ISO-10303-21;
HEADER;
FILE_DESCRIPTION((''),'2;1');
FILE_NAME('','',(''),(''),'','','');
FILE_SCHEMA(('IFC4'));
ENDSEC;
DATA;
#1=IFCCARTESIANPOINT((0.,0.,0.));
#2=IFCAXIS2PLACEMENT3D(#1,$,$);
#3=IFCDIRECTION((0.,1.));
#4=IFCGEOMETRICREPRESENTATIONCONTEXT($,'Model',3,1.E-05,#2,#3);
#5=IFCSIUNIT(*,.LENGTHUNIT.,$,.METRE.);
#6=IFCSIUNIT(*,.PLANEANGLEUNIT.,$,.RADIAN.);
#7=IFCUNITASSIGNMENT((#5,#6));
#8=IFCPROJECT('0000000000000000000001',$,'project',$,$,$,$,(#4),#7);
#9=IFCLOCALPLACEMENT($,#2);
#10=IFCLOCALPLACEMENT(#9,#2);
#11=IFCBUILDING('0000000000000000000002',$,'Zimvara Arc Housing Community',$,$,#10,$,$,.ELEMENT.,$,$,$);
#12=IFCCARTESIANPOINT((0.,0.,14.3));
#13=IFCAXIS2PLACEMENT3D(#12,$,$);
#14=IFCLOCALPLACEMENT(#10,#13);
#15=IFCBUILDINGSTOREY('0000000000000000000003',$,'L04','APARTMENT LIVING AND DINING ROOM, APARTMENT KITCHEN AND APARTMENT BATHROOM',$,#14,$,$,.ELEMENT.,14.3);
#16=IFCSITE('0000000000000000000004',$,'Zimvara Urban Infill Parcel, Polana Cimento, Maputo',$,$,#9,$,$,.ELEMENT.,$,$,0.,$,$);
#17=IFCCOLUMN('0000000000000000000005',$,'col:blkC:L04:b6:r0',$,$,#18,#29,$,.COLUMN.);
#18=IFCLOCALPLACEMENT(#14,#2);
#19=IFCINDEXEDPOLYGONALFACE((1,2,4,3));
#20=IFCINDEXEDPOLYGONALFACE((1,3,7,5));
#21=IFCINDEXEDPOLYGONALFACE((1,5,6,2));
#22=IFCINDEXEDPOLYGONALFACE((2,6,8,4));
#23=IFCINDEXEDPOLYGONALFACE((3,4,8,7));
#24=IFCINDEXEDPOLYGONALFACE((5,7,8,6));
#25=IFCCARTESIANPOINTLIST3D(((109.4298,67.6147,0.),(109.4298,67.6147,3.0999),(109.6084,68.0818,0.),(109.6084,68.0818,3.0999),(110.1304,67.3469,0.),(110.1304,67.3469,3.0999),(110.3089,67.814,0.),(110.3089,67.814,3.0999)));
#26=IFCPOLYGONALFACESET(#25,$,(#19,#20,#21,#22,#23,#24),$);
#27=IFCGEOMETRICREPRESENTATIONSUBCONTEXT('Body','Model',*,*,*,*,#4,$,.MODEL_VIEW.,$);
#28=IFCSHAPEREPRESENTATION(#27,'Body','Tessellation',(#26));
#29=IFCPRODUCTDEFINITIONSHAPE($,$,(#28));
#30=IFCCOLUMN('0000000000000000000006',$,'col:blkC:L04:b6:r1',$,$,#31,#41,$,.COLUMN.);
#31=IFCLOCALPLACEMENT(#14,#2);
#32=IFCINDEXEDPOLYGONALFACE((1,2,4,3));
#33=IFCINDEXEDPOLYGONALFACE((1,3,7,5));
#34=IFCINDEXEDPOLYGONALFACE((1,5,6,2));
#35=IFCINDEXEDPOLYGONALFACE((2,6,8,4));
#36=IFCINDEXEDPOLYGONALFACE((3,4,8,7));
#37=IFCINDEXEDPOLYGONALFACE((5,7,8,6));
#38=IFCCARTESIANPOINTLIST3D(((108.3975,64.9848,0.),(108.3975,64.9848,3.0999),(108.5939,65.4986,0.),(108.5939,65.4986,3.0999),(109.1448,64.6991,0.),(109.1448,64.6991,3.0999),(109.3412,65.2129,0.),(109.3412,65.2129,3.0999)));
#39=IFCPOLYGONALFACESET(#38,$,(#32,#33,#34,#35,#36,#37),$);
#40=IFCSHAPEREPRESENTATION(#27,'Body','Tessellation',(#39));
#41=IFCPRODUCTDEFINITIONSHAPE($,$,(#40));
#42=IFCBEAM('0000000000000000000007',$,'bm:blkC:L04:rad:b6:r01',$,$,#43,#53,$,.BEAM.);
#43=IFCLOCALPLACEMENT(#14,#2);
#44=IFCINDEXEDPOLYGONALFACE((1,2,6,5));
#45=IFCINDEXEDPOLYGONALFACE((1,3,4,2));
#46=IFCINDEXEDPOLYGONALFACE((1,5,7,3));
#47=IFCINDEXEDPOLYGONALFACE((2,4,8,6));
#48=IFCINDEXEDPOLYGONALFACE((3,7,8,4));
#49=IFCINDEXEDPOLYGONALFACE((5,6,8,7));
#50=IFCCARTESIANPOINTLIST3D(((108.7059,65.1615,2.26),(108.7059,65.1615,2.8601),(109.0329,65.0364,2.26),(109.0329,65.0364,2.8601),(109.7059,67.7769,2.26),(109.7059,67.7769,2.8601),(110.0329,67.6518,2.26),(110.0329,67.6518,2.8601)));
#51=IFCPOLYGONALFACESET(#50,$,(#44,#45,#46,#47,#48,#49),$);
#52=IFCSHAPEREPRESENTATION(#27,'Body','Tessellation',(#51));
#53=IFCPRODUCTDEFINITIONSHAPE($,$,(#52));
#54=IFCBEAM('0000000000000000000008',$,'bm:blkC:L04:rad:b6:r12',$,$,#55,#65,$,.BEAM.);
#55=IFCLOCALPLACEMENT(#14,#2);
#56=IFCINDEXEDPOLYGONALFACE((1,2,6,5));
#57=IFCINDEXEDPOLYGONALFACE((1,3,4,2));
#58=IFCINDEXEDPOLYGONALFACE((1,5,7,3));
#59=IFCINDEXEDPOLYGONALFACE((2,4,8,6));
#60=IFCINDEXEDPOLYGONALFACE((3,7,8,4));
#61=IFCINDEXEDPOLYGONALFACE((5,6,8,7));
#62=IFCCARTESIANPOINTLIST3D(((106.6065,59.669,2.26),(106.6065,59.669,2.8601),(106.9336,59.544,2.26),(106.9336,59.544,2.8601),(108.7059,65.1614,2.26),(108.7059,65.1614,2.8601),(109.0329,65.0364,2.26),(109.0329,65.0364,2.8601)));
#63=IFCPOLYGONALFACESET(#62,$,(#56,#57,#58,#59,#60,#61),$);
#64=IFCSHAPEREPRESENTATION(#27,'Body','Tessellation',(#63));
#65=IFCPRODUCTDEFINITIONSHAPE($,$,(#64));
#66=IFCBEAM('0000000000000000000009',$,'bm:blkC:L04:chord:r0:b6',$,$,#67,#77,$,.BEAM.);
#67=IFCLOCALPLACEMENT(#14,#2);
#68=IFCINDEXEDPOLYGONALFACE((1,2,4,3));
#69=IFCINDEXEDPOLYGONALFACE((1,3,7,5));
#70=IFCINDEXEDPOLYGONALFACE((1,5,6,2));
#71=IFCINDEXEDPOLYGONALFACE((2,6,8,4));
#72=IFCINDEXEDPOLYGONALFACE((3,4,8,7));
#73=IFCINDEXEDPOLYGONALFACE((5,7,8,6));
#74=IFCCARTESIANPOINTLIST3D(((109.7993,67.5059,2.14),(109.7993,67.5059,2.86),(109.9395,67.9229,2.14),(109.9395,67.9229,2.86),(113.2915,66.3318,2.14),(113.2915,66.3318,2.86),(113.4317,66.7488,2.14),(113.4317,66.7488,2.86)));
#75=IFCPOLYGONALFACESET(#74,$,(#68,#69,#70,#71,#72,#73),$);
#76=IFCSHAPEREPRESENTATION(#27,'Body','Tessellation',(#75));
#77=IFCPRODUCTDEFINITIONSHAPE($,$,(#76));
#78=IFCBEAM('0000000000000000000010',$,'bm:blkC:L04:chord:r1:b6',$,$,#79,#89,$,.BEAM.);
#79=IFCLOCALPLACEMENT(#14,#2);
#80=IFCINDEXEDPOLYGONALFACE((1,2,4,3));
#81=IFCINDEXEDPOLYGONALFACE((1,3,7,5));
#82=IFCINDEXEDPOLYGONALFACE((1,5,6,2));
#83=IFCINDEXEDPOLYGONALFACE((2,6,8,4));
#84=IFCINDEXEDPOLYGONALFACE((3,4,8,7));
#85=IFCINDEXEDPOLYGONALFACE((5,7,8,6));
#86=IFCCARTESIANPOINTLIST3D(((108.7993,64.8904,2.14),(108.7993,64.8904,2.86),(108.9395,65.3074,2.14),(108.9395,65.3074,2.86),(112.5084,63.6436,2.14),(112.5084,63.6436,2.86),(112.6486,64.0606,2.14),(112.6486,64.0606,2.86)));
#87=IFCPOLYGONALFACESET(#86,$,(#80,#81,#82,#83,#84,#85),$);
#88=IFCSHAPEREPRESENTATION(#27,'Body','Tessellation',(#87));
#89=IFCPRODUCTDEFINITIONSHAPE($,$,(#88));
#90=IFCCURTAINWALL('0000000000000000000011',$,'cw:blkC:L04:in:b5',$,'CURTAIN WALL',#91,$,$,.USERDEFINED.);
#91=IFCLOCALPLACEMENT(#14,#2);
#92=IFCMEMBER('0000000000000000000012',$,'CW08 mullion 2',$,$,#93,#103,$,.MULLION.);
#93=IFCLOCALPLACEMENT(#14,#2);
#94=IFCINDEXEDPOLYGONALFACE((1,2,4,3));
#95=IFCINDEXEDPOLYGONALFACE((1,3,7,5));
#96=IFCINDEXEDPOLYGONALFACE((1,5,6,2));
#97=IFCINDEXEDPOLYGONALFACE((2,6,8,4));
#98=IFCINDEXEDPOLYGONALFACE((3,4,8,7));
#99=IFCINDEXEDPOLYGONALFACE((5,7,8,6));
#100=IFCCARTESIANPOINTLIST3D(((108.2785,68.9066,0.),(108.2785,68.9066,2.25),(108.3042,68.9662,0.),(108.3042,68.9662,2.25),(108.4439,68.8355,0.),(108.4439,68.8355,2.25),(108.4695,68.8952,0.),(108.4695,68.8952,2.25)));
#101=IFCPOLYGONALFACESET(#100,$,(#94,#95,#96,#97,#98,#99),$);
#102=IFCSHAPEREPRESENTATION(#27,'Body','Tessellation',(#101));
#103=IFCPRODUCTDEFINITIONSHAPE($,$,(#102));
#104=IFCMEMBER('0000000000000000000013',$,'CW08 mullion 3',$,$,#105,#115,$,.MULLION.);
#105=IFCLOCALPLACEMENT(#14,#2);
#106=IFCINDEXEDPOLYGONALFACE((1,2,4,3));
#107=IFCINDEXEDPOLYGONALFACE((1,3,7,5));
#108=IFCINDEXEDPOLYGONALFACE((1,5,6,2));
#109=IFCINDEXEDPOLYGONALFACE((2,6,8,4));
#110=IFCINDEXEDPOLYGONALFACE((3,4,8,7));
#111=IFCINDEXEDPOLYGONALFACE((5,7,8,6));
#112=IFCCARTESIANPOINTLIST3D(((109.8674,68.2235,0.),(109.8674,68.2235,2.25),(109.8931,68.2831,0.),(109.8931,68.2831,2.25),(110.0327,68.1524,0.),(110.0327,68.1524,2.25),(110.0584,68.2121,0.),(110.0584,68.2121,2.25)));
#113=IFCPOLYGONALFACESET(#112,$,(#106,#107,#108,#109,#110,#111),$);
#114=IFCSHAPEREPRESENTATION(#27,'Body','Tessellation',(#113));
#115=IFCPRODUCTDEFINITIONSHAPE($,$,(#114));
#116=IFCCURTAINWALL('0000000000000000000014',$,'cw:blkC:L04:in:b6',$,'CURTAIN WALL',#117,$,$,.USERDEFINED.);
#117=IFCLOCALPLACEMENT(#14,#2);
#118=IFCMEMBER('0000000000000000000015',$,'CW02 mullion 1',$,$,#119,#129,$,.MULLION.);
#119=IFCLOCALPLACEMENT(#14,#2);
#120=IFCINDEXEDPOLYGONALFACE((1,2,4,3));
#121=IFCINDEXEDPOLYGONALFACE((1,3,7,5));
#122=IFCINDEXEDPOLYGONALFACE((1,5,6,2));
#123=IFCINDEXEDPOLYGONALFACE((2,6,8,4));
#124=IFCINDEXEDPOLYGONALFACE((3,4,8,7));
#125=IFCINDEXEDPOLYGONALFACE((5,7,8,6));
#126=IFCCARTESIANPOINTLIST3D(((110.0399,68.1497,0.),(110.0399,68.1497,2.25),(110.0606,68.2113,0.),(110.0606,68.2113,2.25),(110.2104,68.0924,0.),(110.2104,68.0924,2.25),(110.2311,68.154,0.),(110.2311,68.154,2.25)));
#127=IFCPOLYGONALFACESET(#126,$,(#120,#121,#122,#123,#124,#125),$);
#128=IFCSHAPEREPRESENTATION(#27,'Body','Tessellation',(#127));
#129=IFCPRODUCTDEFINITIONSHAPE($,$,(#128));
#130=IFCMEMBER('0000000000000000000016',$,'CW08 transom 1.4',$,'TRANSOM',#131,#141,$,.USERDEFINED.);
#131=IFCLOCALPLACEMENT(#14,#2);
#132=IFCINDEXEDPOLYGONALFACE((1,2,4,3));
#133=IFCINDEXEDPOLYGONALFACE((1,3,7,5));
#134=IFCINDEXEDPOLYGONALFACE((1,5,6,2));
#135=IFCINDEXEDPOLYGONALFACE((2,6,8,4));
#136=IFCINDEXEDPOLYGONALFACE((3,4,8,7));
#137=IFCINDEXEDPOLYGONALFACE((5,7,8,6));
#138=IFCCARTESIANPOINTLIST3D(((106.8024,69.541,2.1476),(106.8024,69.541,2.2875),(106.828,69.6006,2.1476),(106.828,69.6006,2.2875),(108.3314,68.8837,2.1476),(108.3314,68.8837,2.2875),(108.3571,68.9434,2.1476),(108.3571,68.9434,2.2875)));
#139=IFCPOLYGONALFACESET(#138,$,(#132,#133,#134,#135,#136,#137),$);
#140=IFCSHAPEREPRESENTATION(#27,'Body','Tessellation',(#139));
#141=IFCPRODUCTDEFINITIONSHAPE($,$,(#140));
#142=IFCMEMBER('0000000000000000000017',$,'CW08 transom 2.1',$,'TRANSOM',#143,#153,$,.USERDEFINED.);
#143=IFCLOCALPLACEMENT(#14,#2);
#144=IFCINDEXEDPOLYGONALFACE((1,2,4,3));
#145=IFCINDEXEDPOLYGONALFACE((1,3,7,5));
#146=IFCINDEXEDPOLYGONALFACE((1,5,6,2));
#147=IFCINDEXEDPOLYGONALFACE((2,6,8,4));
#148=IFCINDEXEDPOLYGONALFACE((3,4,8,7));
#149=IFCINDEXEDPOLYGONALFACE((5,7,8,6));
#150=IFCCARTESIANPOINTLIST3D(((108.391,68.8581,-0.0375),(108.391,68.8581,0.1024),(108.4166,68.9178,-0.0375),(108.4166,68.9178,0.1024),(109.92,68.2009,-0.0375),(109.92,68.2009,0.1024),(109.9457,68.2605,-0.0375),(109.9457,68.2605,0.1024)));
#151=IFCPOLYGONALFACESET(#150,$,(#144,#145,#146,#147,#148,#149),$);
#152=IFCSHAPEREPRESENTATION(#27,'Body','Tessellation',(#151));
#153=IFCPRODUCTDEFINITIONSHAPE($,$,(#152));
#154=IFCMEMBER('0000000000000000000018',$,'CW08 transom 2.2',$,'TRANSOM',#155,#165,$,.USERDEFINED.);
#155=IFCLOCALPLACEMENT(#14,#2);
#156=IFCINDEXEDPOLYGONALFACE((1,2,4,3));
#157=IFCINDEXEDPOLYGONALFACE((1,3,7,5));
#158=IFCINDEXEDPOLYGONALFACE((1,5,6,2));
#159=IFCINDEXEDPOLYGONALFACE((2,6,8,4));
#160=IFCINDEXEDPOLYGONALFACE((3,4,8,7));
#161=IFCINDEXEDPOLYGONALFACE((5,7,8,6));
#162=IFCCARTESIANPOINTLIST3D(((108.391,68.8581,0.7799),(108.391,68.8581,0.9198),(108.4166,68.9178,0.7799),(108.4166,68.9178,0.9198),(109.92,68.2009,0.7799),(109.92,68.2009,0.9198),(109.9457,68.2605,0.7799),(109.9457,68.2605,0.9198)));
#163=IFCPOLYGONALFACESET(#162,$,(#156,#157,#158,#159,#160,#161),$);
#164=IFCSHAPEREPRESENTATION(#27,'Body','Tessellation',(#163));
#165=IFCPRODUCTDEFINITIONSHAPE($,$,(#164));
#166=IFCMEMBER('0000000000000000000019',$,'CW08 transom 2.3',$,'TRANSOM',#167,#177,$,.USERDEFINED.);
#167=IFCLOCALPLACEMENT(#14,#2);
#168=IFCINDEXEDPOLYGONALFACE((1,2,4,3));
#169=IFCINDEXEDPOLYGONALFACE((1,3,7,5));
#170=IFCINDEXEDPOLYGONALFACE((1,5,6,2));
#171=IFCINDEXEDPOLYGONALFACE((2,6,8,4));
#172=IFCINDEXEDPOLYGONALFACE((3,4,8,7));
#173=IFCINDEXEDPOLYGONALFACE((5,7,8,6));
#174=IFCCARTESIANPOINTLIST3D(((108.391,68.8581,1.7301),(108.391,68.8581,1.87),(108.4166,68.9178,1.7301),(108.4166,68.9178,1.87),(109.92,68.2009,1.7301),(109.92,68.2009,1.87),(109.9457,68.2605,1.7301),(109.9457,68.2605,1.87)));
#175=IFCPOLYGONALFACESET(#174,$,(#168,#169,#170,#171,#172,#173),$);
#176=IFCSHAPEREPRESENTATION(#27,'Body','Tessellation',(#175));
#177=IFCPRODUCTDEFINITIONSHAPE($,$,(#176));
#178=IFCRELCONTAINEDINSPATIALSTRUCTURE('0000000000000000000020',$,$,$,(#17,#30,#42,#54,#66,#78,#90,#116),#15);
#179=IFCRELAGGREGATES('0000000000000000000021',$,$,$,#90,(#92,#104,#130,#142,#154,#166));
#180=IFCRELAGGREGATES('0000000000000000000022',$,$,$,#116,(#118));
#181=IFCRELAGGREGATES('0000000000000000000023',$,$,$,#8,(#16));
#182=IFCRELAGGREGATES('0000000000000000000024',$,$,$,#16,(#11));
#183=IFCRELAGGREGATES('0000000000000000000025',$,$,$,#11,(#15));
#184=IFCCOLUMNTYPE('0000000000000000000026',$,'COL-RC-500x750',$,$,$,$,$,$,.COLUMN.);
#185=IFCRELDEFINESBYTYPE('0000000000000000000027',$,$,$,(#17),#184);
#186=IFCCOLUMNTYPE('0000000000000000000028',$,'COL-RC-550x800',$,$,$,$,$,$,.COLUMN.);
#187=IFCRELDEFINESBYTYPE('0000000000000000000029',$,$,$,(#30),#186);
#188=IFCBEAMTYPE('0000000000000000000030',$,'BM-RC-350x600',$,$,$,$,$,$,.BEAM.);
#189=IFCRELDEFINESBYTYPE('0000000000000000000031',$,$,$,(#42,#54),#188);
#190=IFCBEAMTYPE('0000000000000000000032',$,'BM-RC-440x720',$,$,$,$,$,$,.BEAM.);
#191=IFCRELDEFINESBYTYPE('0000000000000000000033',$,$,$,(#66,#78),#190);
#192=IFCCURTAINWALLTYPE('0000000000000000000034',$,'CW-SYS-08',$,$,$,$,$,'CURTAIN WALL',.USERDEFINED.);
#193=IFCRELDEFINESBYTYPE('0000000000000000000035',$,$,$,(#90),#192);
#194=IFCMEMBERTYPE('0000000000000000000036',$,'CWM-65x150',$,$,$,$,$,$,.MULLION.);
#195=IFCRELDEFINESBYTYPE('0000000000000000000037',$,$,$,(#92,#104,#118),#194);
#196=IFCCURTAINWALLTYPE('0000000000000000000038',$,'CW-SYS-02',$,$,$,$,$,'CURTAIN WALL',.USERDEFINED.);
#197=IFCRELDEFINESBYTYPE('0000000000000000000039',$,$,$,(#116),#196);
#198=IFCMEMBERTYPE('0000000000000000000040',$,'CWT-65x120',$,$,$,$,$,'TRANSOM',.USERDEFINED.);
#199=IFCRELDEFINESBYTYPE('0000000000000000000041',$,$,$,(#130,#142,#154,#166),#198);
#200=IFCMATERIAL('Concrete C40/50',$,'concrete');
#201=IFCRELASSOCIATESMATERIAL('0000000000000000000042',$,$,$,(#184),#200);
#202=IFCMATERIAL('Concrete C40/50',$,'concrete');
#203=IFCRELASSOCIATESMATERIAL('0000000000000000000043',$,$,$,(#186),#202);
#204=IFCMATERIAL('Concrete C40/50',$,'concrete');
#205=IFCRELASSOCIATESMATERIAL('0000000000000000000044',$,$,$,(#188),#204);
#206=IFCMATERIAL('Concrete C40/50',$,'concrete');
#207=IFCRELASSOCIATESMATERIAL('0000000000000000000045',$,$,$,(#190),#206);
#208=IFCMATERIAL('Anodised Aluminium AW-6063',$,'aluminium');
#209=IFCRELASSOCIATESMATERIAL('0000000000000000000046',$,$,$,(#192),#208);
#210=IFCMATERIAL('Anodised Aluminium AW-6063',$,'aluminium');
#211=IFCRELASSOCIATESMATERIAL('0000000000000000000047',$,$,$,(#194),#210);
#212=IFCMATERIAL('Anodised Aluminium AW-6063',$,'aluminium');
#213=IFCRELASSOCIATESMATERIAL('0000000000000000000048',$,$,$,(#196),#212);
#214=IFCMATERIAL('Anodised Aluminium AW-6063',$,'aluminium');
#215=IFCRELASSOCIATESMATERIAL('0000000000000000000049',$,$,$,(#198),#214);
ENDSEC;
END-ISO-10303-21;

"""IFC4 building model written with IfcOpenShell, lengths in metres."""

from ifc_helpers import new_model, si_unit, direction, frame, origin, origin_2d, place, context, subcontext, project, spatial, rectangle, extrude, material, material_profile, profile_set, type_object, element, aggregate, save


model = new_model("IFC4")

# Units and contexts
model_context = context("Model", 3, precision=1e-05, world=origin(), true_north=direction((0.0, 1.0)))
body_context = subcontext(model_context, "Body", "Model", "MODEL_VIEW")
ifc_project = project(units=[si_unit("LENGTHUNIT", "METRE"), si_unit("PLANEANGLEUNIT", "RADIAN")], contexts=[model_context])

# Site, building, storey
site_placement = place(None, origin())
site = spatial("IfcSite", under=ifc_project, at=site_placement, Name="Zimvara Urban Infill Parcel, Polana Cimento, Maputo", CompositionType="ELEMENT", RefElevation=0.0)
building_placement = place(site_placement, origin())
building = spatial("IfcBuilding", under=site, at=building_placement, Name="Zimvara Arc Housing Community", CompositionType="ELEMENT")
storey_placement = place(building_placement, frame((0.0, 0.0, 14.3)))
storey = spatial("IfcBuildingStorey", under=building, at=storey_placement, Name="L04", Description="APARTMENT LIVING AND DINING ROOM, APARTMENT KITCHEN AND APARTMENT BATHROOM", CompositionType="ELEMENT", Elevation=14.3)

# Columns
ifc_material_1 = material(Name="Concrete C40/50", Category="concrete")
ifc_material_profile_1 = material_profile(ifc_material_1, rectangle(XDim=0.5, YDim=0.75, at=origin_2d()), Name="RC 500x750")
ifc_profile_set_1 = profile_set([ifc_material_profile_1], Name="Concrete C40/50")
column_type_1 = type_object("IfcColumnType", Name="COL-RC-500x750", PredefinedType="COLUMN", material=ifc_profile_set_1)
column_1_placement = place(storey_placement, frame((109.8694, 67.7144, 0.0), z_axis=(0.0, 0.0, 1.0), x_axis=(-0.357064, -0.93408, 0.0)))
element("IfcColumn", 1, at=column_1_placement, inside=storey, type_object=column_type_1, Name="col:blkC:L04:b6:r0", PredefinedType="COLUMN", context=body_context, shape_type="SweptSolid", body=[
    extrude(rectangle(XDim=0.5, YDim=0.75, at=origin_2d()), origin(), (0.0, 0.0, 1.0), 3.0999),
])
ifc_material_2 = material(Name="Concrete C40/50", Category="concrete")
ifc_material_profile_2 = material_profile(ifc_material_2, rectangle(XDim=0.55, YDim=0.8, at=origin_2d()), Name="RC 550x800")
ifc_profile_set_2 = profile_set([ifc_material_profile_2], Name="Concrete C40/50")
column_type_2 = type_object("IfcColumnType", Name="COL-RC-550x800", PredefinedType="COLUMN", material=ifc_profile_set_2)
column_2_placement = place(storey_placement, frame((108.8694, 65.0989, 0.0), z_axis=(0.0, 0.0, 1.0), x_axis=(-0.357064, -0.93408, 0.0)))
element("IfcColumn", 2, at=column_2_placement, inside=storey, type_object=column_type_2, Name="col:blkC:L04:b6:r1", PredefinedType="COLUMN", context=body_context, shape_type="SweptSolid", body=[
    extrude(rectangle(XDim=0.55, YDim=0.8, at=origin_2d()), origin(), (0.0, 0.0, 1.0), 3.0999),
])

# Beams
ifc_material_3 = material(Name="Concrete C40/50", Category="concrete")
ifc_material_profile_3 = material_profile(ifc_material_3, rectangle(XDim=0.3501, YDim=0.6001, at=origin_2d()), Name="RC 350x600")
ifc_profile_set_3 = profile_set([ifc_material_profile_3], Name="Concrete C40/50")
beam_type_1 = type_object("IfcBeamType", Name="BM-RC-350x600", PredefinedType="BEAM", material=ifc_profile_set_3)
beam_1_placement = place(storey_placement, frame((109.8694, 67.7144, 2.5601), z_axis=(-0.357126, -0.934056, 0.0), x_axis=(0.934056, -0.357126, 0.0)))
element("IfcBeam", 3, at=beam_1_placement, inside=storey, type_object=beam_type_1, Name="bm:blkC:L04:rad:b6:r01", PredefinedType="BEAM", context=body_context, shape_type="SweptSolid", body=[
    extrude(rectangle(XDim=0.3501, YDim=0.6001, at=origin_2d()), origin(), (0.0, 0.0, 1.0), 2.8),
])
beam_2_placement = place(storey_placement, frame((108.8694, 65.0989, 2.5601), z_axis=(-0.357036, -0.934091, 0.0), x_axis=(0.934091, -0.357036, 0.0)))
element("IfcBeam", 4, at=beam_2_placement, inside=storey, type_object=beam_type_1, Name="bm:blkC:L04:rad:b6:r12", PredefinedType="BEAM", context=body_context, shape_type="SweptSolid", body=[
    extrude(rectangle(XDim=0.3501, YDim=0.6001, at=origin_2d()), origin(), (0.0, 0.0, 1.0), 5.8799),
])
ifc_material_4 = material(Name="Concrete C40/50", Category="concrete")
ifc_material_profile_4 = material_profile(ifc_material_4, rectangle(XDim=0.4399, YDim=0.72, at=origin_2d()), Name="RC 440x720")
ifc_profile_set_4 = profile_set([ifc_material_profile_4], Name="Concrete C40/50")
beam_type_2 = type_object("IfcBeamType", Name="BM-RC-440x720", PredefinedType="BEAM", material=ifc_profile_set_4)
beam_3_placement = place(storey_placement, frame((109.8694, 67.7144, 2.5), z_axis=(0.947865, -0.318672, 0.0), x_axis=(0.318672, 0.947865, 0.0)))
element("IfcBeam", 5, at=beam_3_placement, inside=storey, type_object=beam_type_2, Name="bm:blkC:L04:chord:r0:b6", PredefinedType="BEAM", context=body_context, shape_type="SweptSolid", body=[
    extrude(rectangle(XDim=0.4399, YDim=0.72, at=origin_2d()), origin(), (0.0, 0.0, 1.0), 3.6843),
])
beam_4_placement = place(storey_placement, frame((108.8694, 65.0989, 2.5), z_axis=(0.947882, -0.318623, 0.0), x_axis=(0.318623, 0.947882, 0.0)))
element("IfcBeam", 6, at=beam_4_placement, inside=storey, type_object=beam_type_2, Name="bm:blkC:L04:chord:r1:b6", PredefinedType="BEAM", context=body_context, shape_type="SweptSolid", body=[
    extrude(rectangle(XDim=0.4399, YDim=0.72, at=origin_2d()), origin(), (0.0, 0.0, 1.0), 3.9131),
])

# Curtain wall, members
ifc_material_5 = material(Name="Anodised Aluminium AW-6063", Category="aluminium")
curtain_wall_type_1 = type_object("IfcCurtainWallType", Name="CW-SYS-08", ElementType="CURTAIN WALL", PredefinedType="USERDEFINED", material=ifc_material_5)
curtain_wall_1_placement = place(storey_placement, origin())
curtain_wall_1 = element("IfcCurtainWall", 7, at=curtain_wall_1_placement, inside=storey, type_object=curtain_wall_type_1, Name="cw:blkC:L04:in:b5", ObjectType="CURTAIN WALL", PredefinedType="USERDEFINED")
ifc_material_6 = material(Name="Anodised Aluminium AW-6063", Category="aluminium")
ifc_material_profile_5 = material_profile(ifc_material_6, rectangle(XDim=0.0649, YDim=0.1799, at=origin_2d()), Name="ALU 65x180")
ifc_profile_set_5 = profile_set([ifc_material_profile_5], Name="Anodised Aluminium AW-6063")
member_type_1 = type_object("IfcMemberType", Name="CWM-65x150", PredefinedType="MULLION", material=ifc_profile_set_5)
member_1_placement = place(storey_placement, frame((108.374, 68.9009, 0.0), z_axis=(0.0, 0.0, 1.0), x_axis=(0.394904, 0.918722, 0.0)))
member_1 = element("IfcMember", 8, at=member_1_placement, type_object=member_type_1, Name="CW08 mullion 2", PredefinedType="MULLION", context=body_context, shape_type="SweptSolid", body=[
    extrude(rectangle(XDim=0.0649, YDim=0.1799, at=origin_2d()), origin(), (0.0, 0.0, 1.0), 2.25),
])
member_2_placement = place(storey_placement, frame((109.9629, 68.2178, 0.0), z_axis=(0.0, 0.0, 1.0), x_axis=(0.394904, 0.918722, 0.0)))
member_2 = element("IfcMember", 9, at=member_2_placement, type_object=member_type_1, Name="CW08 mullion 3", PredefinedType="MULLION", context=body_context, shape_type="SweptSolid", body=[
    extrude(rectangle(XDim=0.0649, YDim=0.1799, at=origin_2d()), origin(), (0.0, 0.0, 1.0), 2.25),
])

# Curtain wall, member
ifc_material_7 = material(Name="Anodised Aluminium AW-6063", Category="aluminium")
curtain_wall_type_2 = type_object("IfcCurtainWallType", Name="CW-SYS-02", ElementType="CURTAIN WALL", PredefinedType="USERDEFINED", material=ifc_material_7)
curtain_wall_2_placement = place(storey_placement, origin())
curtain_wall_2 = element("IfcCurtainWall", 10, at=curtain_wall_2_placement, inside=storey, type_object=curtain_wall_type_2, Name="cw:blkC:L04:in:b6", ObjectType="CURTAIN WALL", PredefinedType="USERDEFINED")
member_3_placement = place(storey_placement, frame((110.1355, 68.1519, 0.0), z_axis=(0.0, 0.0, 1.0), x_axis=(0.31863, 0.947879, 0.0)))
member_3 = element("IfcMember", 11, at=member_3_placement, type_object=member_type_1, Name="CW02 mullion 1", PredefinedType="MULLION", context=body_context, shape_type="SweptSolid", body=[
    extrude(rectangle(XDim=0.0649, YDim=0.1799, at=origin_2d()), origin(), (0.0, 0.0, 1.0), 2.25),
])

# Members
ifc_material_8 = material(Name="Anodised Aluminium AW-6063", Category="aluminium")
ifc_material_profile_6 = material_profile(ifc_material_8, rectangle(XDim=0.0649, YDim=0.1399, at=origin_2d()), Name="ALU 65x140")
ifc_profile_set_6 = profile_set([ifc_material_profile_6], Name="Anodised Aluminium AW-6063")
member_type_2 = type_object("IfcMemberType", Name="CWT-65x120", ElementType="TRANSOM", PredefinedType="USERDEFINED", material=ifc_profile_set_6)
member_4_placement = place(storey_placement, frame((106.8152, 69.5708, 2.2175), z_axis=(0.918727, -0.394893, 0.0), x_axis=(0.394893, 0.918727, 0.0)))
member_4 = element("IfcMember", 12, at=member_4_placement, type_object=member_type_2, Name="CW08 transom 1.4", ObjectType="TRANSOM", PredefinedType="USERDEFINED", context=body_context, shape_type="SweptSolid", body=[
    extrude(rectangle(XDim=0.0649, YDim=0.1399, at=origin_2d()), origin(), (0.0, 0.0, 1.0), 1.6643),
])
member_5_placement = place(storey_placement, frame((108.4038, 68.8879, 0.0325), z_axis=(0.918727, -0.394893, 0.0), x_axis=(0.394893, 0.918727, 0.0)))
member_5 = element("IfcMember", 13, at=member_5_placement, type_object=member_type_2, Name="CW08 transom 2.1", ObjectType="TRANSOM", PredefinedType="USERDEFINED", context=body_context, shape_type="SweptSolid", body=[
    extrude(rectangle(XDim=0.0649, YDim=0.1399, at=origin_2d()), origin(), (0.0, 0.0, 1.0), 1.6643),
])
member_6_placement = place(storey_placement, frame((108.4038, 68.8879, 0.8499), z_axis=(0.918727, -0.394893, 0.0), x_axis=(0.394893, 0.918727, 0.0)))
member_6 = element("IfcMember", 14, at=member_6_placement, type_object=member_type_2, Name="CW08 transom 2.2", ObjectType="TRANSOM", PredefinedType="USERDEFINED", context=body_context, shape_type="SweptSolid", body=[
    extrude(rectangle(XDim=0.0649, YDim=0.1399, at=origin_2d()), origin(), (0.0, 0.0, 1.0), 1.6643),
])
member_7_placement = place(storey_placement, frame((108.4038, 68.8879, 1.8), z_axis=(0.918727, -0.394893, 0.0), x_axis=(0.394893, 0.918727, 0.0)))
member_7 = element("IfcMember", 15, at=member_7_placement, type_object=member_type_2, Name="CW08 transom 2.3", ObjectType="TRANSOM", PredefinedType="USERDEFINED", context=body_context, shape_type="SweptSolid", body=[
    extrude(rectangle(XDim=0.0649, YDim=0.1399, at=origin_2d()), origin(), (0.0, 0.0, 1.0), 1.6643),
])

aggregate(curtain_wall_1, [member_1, member_2, member_4, member_5, member_6, member_7])
aggregate(curtain_wall_2, [member_3])

save(model, "model.ifc")
